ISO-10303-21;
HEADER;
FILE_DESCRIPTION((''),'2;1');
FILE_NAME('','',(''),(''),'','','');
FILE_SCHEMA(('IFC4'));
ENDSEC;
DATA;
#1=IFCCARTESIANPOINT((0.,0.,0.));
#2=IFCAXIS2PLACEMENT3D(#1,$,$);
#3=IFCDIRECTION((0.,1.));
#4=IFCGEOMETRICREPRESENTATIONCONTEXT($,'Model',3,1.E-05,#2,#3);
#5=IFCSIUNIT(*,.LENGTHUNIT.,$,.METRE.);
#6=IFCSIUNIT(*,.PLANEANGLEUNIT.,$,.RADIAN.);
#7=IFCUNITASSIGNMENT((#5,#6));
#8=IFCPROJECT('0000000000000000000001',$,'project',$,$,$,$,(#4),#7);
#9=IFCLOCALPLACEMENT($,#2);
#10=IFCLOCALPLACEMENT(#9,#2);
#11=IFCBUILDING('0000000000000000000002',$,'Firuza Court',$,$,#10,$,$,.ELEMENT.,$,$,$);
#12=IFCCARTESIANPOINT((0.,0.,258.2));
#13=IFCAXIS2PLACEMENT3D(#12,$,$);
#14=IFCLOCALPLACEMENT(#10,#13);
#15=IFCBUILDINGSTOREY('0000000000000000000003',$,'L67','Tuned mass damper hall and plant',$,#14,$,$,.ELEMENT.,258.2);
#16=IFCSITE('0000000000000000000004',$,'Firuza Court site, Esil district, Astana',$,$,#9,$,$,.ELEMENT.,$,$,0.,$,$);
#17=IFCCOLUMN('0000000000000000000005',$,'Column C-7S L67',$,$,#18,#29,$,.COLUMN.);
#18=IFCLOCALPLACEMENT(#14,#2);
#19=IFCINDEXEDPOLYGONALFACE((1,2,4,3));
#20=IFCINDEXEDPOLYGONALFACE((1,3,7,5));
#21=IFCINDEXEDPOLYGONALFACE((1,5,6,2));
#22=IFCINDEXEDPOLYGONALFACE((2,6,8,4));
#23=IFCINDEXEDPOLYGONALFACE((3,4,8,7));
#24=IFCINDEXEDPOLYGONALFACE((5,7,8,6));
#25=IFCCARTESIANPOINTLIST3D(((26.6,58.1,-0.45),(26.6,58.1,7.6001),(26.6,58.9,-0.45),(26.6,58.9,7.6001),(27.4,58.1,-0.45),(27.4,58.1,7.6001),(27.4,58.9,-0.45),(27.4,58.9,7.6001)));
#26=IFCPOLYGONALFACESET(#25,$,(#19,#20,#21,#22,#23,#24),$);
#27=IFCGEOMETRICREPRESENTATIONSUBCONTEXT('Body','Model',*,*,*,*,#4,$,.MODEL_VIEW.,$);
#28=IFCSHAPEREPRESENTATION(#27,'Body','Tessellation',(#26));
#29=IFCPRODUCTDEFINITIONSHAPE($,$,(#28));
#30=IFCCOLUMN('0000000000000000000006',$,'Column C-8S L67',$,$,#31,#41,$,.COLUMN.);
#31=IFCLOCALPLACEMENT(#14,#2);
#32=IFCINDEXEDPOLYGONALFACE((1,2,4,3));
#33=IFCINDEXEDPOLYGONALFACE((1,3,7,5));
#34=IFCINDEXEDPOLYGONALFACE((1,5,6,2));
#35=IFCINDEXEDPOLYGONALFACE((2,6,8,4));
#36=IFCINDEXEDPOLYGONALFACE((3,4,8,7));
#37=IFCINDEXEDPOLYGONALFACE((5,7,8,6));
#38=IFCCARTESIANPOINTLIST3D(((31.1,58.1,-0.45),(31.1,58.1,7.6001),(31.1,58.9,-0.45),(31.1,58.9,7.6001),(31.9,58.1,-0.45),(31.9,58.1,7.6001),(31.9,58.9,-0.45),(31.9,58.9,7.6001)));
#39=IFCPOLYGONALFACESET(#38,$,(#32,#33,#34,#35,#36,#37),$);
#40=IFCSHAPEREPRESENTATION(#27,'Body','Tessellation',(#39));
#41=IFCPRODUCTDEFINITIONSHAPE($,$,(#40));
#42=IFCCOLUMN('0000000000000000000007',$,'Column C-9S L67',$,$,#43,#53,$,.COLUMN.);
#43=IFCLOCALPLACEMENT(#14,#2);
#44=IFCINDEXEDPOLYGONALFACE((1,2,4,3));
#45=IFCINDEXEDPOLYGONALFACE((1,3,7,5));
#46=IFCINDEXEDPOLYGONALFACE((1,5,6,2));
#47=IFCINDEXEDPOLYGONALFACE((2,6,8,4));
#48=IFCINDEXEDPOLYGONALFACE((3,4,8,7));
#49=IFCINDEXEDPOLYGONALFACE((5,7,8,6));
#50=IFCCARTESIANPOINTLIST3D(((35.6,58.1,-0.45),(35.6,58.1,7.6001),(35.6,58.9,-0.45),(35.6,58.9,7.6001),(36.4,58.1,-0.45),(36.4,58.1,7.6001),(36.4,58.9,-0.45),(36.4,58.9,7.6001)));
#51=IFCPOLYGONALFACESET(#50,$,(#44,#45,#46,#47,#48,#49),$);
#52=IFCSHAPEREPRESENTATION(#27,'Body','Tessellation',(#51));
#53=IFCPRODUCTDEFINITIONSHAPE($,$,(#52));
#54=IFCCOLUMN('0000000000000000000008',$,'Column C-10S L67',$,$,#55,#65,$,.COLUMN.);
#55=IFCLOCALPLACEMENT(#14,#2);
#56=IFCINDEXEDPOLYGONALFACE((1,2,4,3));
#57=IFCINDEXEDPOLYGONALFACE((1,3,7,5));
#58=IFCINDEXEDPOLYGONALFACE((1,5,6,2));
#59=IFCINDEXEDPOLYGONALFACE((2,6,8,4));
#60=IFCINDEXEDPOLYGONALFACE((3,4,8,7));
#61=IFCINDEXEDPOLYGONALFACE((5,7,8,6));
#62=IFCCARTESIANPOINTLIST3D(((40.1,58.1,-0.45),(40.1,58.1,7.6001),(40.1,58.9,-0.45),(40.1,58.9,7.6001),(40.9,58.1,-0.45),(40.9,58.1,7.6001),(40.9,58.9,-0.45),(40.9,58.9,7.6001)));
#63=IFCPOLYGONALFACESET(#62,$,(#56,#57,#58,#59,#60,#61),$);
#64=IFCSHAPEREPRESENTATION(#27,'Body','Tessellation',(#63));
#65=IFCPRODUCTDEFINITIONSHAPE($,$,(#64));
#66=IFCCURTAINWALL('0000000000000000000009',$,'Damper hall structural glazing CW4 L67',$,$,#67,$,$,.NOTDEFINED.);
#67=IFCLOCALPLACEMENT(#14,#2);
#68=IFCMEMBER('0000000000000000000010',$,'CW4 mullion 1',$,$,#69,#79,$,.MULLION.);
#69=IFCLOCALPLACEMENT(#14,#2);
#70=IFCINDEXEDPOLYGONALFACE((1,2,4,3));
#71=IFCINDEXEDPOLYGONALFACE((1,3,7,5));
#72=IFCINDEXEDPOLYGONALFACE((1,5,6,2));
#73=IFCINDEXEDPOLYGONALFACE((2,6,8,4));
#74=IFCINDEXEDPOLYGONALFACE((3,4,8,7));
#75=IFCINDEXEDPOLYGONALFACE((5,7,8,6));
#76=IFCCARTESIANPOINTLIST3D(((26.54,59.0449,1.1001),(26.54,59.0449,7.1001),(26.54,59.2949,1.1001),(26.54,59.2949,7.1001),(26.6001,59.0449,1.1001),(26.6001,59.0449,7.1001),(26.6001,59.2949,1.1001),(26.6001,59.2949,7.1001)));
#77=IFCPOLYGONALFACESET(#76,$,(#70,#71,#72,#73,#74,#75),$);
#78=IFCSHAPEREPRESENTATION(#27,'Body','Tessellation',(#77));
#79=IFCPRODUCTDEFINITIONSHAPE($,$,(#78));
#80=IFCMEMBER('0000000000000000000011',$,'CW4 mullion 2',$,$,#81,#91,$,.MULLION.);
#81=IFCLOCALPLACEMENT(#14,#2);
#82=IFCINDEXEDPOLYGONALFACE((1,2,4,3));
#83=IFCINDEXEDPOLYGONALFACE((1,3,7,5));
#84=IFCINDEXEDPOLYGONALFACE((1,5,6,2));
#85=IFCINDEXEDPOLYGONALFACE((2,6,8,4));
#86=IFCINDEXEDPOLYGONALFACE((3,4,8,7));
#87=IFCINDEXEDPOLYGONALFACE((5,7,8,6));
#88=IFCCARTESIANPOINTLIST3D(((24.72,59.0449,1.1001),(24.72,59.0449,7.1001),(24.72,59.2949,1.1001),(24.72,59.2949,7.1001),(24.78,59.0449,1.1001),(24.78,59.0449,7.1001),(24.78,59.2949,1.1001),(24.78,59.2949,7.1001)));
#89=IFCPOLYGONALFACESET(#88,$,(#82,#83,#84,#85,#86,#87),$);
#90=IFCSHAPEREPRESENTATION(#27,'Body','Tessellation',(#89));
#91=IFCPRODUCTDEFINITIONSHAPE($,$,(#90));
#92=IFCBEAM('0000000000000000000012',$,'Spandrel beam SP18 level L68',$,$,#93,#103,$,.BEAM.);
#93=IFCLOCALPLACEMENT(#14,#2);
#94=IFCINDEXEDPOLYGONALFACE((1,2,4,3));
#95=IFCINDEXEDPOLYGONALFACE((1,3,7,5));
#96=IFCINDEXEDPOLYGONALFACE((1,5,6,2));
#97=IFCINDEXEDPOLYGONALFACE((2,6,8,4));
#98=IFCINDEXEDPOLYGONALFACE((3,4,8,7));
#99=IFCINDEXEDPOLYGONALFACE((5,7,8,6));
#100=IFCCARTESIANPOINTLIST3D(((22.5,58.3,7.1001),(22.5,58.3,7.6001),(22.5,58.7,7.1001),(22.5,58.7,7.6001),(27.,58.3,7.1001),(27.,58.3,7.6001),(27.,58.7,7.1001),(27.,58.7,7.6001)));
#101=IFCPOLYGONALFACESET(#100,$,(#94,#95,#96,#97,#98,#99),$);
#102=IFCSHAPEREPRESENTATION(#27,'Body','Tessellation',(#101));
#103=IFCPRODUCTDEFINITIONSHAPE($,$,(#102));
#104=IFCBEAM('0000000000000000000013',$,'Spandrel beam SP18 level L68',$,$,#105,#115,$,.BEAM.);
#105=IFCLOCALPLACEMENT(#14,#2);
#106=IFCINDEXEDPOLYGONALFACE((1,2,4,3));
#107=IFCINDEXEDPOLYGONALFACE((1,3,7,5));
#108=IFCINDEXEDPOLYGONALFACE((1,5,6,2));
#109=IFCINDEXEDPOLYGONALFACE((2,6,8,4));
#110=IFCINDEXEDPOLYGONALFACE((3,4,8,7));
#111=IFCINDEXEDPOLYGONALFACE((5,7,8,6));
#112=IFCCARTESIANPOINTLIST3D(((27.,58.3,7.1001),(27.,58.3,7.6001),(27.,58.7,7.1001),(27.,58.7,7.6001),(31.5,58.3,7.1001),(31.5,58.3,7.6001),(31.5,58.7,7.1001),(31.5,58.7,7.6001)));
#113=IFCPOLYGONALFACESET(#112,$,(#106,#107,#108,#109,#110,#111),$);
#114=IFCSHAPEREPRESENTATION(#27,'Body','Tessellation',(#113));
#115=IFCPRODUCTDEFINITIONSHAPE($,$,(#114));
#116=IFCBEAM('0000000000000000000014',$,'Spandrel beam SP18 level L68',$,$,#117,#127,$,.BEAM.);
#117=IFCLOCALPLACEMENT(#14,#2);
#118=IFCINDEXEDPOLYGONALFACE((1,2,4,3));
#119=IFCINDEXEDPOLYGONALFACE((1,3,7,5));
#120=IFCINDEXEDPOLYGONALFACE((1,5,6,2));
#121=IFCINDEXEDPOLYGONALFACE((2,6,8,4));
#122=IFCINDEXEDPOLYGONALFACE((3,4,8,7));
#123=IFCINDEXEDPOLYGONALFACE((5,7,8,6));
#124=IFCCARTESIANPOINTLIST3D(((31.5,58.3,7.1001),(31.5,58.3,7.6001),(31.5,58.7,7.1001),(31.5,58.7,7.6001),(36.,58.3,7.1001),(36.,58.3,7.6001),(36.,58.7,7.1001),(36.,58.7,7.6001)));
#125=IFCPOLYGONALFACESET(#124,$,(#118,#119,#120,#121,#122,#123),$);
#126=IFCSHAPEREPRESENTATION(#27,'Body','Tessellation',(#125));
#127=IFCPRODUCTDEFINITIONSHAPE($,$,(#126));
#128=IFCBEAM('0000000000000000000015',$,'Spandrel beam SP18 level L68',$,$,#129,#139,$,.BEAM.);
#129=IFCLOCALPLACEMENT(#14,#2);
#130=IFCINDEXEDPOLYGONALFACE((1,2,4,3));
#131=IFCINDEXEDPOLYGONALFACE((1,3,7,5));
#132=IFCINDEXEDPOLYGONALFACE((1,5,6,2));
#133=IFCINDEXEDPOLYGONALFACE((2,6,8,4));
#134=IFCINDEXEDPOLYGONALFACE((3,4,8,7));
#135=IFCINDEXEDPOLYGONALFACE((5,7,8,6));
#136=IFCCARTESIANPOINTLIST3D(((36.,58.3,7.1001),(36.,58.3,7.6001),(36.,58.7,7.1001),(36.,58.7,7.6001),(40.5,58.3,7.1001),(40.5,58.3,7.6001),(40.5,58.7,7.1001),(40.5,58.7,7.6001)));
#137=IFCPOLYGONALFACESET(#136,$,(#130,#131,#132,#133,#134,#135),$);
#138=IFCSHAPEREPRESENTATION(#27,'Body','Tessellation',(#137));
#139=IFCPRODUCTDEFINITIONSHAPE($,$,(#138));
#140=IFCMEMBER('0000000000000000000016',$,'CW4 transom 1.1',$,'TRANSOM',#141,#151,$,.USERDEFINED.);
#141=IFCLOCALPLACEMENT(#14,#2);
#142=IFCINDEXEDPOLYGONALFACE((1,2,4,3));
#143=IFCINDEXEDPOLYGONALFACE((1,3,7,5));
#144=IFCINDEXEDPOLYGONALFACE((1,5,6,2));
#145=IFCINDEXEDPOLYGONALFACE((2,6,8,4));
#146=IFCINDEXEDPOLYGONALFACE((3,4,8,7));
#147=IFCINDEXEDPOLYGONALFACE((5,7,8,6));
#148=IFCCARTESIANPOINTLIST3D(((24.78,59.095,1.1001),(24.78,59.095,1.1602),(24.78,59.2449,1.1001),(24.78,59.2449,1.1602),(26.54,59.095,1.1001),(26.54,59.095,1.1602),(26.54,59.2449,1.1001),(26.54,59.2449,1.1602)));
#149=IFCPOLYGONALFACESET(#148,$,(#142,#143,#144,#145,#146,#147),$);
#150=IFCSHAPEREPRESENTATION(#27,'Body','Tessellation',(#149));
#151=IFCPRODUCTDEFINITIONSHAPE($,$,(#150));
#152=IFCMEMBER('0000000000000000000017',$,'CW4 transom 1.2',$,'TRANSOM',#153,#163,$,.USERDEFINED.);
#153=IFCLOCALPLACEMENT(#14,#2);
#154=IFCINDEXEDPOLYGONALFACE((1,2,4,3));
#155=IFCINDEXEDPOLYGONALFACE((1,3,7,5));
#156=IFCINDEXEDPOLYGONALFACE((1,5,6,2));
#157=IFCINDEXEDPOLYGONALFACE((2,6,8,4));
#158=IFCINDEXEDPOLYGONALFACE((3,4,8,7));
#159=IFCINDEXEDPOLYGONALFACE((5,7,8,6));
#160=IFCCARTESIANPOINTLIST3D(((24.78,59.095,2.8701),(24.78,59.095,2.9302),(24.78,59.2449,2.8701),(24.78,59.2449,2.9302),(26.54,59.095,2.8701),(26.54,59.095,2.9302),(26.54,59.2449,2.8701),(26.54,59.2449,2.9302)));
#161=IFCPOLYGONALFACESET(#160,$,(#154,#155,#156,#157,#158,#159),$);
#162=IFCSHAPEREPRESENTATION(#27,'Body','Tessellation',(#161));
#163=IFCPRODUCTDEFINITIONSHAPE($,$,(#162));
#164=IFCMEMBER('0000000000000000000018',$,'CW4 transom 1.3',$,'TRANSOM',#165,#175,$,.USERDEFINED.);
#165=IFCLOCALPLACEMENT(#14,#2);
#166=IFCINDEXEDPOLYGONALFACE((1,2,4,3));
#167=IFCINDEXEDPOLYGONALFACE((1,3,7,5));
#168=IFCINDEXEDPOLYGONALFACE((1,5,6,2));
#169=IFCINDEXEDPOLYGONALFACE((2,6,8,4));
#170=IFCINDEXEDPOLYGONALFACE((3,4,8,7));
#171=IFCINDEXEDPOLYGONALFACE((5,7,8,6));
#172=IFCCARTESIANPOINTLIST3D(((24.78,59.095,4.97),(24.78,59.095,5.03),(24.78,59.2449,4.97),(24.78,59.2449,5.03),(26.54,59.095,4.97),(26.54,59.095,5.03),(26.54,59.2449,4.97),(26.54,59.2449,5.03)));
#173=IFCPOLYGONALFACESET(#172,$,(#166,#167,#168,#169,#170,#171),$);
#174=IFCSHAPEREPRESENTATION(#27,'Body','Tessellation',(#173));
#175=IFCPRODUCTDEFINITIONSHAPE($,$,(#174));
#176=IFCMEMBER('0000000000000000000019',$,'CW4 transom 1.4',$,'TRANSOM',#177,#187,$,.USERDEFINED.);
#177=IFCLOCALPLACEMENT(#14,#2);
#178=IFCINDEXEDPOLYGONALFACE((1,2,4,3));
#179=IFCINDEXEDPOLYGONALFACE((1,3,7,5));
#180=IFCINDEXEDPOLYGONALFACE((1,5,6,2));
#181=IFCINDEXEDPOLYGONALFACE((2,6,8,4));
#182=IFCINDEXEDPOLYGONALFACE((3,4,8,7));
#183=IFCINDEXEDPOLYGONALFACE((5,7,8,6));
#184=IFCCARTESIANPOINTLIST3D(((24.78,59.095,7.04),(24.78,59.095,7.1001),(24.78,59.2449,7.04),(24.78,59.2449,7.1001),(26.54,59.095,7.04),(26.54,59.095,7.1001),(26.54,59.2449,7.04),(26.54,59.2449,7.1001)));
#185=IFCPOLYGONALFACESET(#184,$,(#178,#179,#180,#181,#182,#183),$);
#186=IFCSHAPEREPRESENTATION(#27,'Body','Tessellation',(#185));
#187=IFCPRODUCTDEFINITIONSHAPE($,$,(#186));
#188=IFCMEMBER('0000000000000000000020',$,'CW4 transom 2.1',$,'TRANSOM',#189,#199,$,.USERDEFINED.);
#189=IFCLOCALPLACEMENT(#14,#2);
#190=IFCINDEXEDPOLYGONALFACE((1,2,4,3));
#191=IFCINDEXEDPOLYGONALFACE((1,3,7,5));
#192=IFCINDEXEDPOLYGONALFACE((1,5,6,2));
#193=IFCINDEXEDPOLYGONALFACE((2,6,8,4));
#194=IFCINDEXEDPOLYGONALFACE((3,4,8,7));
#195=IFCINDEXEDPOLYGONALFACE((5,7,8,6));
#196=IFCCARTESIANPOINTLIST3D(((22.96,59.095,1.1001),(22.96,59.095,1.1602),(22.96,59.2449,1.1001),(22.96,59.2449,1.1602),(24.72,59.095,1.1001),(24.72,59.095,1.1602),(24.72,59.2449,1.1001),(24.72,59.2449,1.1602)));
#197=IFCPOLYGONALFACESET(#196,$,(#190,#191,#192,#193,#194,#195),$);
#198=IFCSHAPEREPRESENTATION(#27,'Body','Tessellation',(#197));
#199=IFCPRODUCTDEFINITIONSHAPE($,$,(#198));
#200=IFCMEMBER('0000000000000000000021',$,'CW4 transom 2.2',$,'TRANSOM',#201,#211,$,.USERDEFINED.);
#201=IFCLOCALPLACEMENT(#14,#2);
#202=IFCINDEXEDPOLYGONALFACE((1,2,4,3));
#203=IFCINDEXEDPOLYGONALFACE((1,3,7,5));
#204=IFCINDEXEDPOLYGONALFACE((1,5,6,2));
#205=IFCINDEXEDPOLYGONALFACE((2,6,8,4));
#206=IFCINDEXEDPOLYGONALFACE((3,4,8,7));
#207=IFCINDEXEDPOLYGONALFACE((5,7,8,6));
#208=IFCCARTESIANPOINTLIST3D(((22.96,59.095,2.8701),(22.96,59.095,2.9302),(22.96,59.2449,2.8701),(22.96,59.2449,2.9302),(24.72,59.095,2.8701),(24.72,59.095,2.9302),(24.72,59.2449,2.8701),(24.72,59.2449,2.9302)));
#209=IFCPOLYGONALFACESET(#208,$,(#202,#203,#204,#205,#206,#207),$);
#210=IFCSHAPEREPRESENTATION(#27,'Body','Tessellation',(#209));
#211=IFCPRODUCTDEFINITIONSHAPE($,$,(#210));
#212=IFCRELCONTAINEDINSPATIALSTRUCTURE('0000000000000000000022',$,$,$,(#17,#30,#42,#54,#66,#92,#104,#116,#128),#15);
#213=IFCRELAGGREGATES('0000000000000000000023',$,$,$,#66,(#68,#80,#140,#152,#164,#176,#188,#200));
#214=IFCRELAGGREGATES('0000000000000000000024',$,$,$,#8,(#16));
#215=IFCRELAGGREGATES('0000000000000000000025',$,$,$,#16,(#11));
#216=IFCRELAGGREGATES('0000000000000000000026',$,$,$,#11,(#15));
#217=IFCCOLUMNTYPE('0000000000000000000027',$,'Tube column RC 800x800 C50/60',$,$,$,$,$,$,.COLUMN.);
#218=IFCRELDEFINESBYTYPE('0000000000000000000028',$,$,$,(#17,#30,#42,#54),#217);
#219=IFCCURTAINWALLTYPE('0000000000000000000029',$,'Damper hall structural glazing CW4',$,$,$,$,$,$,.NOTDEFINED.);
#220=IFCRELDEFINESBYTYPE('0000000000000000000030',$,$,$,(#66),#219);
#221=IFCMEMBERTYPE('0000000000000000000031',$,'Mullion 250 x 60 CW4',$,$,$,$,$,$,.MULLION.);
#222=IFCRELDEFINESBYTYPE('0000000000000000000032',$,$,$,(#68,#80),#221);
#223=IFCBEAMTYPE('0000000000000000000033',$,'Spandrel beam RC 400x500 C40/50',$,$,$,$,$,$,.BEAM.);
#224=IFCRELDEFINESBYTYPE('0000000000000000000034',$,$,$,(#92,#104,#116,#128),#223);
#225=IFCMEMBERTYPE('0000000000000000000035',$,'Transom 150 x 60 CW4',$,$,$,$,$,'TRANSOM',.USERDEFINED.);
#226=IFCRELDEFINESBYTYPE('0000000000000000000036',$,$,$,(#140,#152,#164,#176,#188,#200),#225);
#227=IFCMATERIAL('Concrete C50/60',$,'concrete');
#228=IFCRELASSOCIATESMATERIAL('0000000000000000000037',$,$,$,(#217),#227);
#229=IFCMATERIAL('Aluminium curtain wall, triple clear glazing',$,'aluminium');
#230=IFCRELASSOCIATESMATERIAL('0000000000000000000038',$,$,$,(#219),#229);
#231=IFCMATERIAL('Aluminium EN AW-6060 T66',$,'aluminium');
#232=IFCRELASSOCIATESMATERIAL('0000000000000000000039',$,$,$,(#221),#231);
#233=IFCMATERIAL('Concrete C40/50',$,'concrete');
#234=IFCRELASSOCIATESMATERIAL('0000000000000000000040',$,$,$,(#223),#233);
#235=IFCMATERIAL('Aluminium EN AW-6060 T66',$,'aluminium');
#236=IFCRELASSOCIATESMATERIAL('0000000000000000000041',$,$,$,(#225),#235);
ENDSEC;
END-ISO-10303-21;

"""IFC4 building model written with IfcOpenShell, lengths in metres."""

from ifc_helpers import new_model, si_unit, direction, frame, origin, origin_2d, place, context, subcontext, project, spatial, rectangle, extrude, material, material_profile, profile_set, type_object, element, aggregate, save


model = new_model("IFC4")

# Units and contexts
model_context = context("Model", 3, precision=1e-05, world=origin(), true_north=direction((0.0, 1.0)))
body_context = subcontext(model_context, "Body", "Model", "MODEL_VIEW")
ifc_project = project(units=[si_unit("LENGTHUNIT", "METRE"), si_unit("PLANEANGLEUNIT", "RADIAN")], contexts=[model_context])

# Site, building, storey
site_placement = place(None, origin())
site = spatial("IfcSite", under=ifc_project, at=site_placement, Name="Firuza Court site, Esil district, Astana", CompositionType="ELEMENT", RefElevation=0.0)
building_placement = place(site_placement, origin())
building = spatial("IfcBuilding", under=site, at=building_placement, Name="Firuza Court", CompositionType="ELEMENT")
storey_placement = place(building_placement, frame((0.0, 0.0, 258.2)))
storey = spatial("IfcBuildingStorey", under=building, at=storey_placement, Name="L67", Description="Tuned mass damper hall and plant", CompositionType="ELEMENT", Elevation=258.2)

# Columns
ifc_material_1 = material(Name="Concrete C50/60", Category="concrete")
ifc_material_profile_1 = material_profile(ifc_material_1, rectangle(XDim=0.8, YDim=0.8, at=origin_2d()), Name="RC 800x800")
ifc_profile_set_1 = profile_set([ifc_material_profile_1], Name="Concrete C50/60")
column_type = type_object("IfcColumnType", Name="Tube column RC 800x800 C50/60", PredefinedType="COLUMN", material=ifc_profile_set_1)
for number, where, z_axis, x_axis, name in (
    (1, (27.0, 58.5, -0.45), (0.0, 0.0, 1.0), (1.0, 0.0, 0.0), "Column C-7S L67"),
    (2, (31.5, 58.5, -0.45), (0.0, 0.0, 1.0), (1.0, 0.0, 0.0), "Column C-8S L67"),
    (3, (36.0, 58.5, -0.45), (0.0, 0.0, 1.0), (1.0, 0.0, 0.0), "Column C-9S L67"),
    (4, (40.5, 58.5, -0.45), (0.0, 0.0, 1.0), (1.0, 0.0, 0.0), "Column C-10S L67"),
):
    element("IfcColumn", number, at=place(storey_placement, frame(where, z_axis=z_axis, x_axis=x_axis)), inside=storey, type_object=column_type, Name=name, PredefinedType="COLUMN", context=body_context, shape_type="SweptSolid", body=[
        extrude(rectangle(XDim=0.8, YDim=0.8, at=origin_2d()), origin(), (0.0, 0.0, 1.0), 8.05),
    ])

# Curtain wall, members
ifc_material_2 = material(Name="Aluminium curtain wall, triple clear glazing", Category="aluminium")
curtain_wall_type = type_object("IfcCurtainWallType", Name="Damper hall structural glazing CW4", PredefinedType="NOTDEFINED", material=ifc_material_2)
curtain_wall_placement = place(storey_placement, origin())
curtain_wall = element("IfcCurtainWall", 5, at=curtain_wall_placement, inside=storey, type_object=curtain_wall_type, Name="Damper hall structural glazing CW4 L67", PredefinedType="NOTDEFINED")
ifc_material_3 = material(Name="Aluminium EN AW-6060 T66", Category="aluminium")
ifc_material_profile_2 = material_profile(ifc_material_3, rectangle(XDim=0.25, YDim=0.0601, at=origin_2d()), Name="Mullion 250 x 60 CW4")
ifc_profile_set_2 = profile_set([ifc_material_profile_2], Name="Aluminium EN AW-6060 T66")
member_type_1 = type_object("IfcMemberType", Name="Mullion 250 x 60 CW4", PredefinedType="MULLION", material=ifc_profile_set_2)
member_1_placement = place(storey_placement, frame((26.5701, 59.1699, 1.1001), z_axis=(0.0, 0.0, 1.0), x_axis=(0.0, -1.0, 0.0)))
member_1 = element("IfcMember", 6, at=member_1_placement, type_object=member_type_1, Name="CW4 mullion 1", PredefinedType="MULLION", context=body_context, shape_type="SweptSolid", body=[
    extrude(rectangle(XDim=0.25, YDim=0.0601, at=origin_2d()), origin(), (0.0, 0.0, 1.0), 6.0),
])
member_2_placement = place(storey_placement, frame((24.75, 59.1699, 1.1001), z_axis=(0.0, 0.0, 1.0), x_axis=(0.0, -1.0, 0.0)))
member_2 = element("IfcMember", 7, at=member_2_placement, type_object=member_type_1, Name="CW4 mullion 2", PredefinedType="MULLION", context=body_context, shape_type="SweptSolid", body=[
    extrude(rectangle(XDim=0.25, YDim=0.0601, at=origin_2d()), origin(), (0.0, 0.0, 1.0), 6.0),
])

# Beams
ifc_material_4 = material(Name="Concrete C40/50", Category="concrete")
ifc_material_profile_3 = material_profile(ifc_material_4, rectangle(XDim=0.3999, YDim=0.5, at=origin_2d()), Name="RC 400x500")
ifc_profile_set_3 = profile_set([ifc_material_profile_3], Name="Concrete C40/50")
beam_type = type_object("IfcBeamType", Name="Spandrel beam RC 400x500 C40/50", PredefinedType="BEAM", material=ifc_profile_set_3)
for number, where, z_axis, x_axis, name in (
    (8, (27.0, 58.5, 7.3501), (-1.0, 0.0, 0.0), (0.0, -1.0, 0.0), "Spandrel beam SP18 level L68"),
    (9, (31.5, 58.5, 7.3501), (-1.0, 0.0, 0.0), (0.0, -1.0, 0.0), "Spandrel beam SP18 level L68"),
    (10, (36.0, 58.5, 7.3501), (-1.0, 0.0, 0.0), (0.0, -1.0, 0.0), "Spandrel beam SP18 level L68"),
    (11, (40.5, 58.5, 7.3501), (-1.0, 0.0, 0.0), (0.0, -1.0, 0.0), "Spandrel beam SP18 level L68"),
):
    element("IfcBeam", number, at=place(storey_placement, frame(where, z_axis=z_axis, x_axis=x_axis)), inside=storey, type_object=beam_type, Name=name, PredefinedType="BEAM", context=body_context, shape_type="SweptSolid", body=[
        extrude(rectangle(XDim=0.3999, YDim=0.5, at=origin_2d()), origin(), (0.0, 0.0, 1.0), 4.5),
    ])

# Members
ifc_material_5 = material(Name="Aluminium EN AW-6060 T66", Category="aluminium")
ifc_material_profile_4 = material_profile(ifc_material_5, rectangle(XDim=0.1499, YDim=0.0601, at=origin_2d()), Name="Transom 150 x 60 CW4")
ifc_profile_set_4 = profile_set([ifc_material_profile_4], Name="Aluminium EN AW-6060 T66")
member_type_2 = type_object("IfcMemberType", Name="Transom 150 x 60 CW4", ElementType="TRANSOM", PredefinedType="USERDEFINED", material=ifc_profile_set_4)
member_3_placement = place(storey_placement, frame((26.54, 59.1699, 1.1301), z_axis=(-1.0, 0.0, 0.0), x_axis=(0.0, -1.0, 0.0)))
member_3 = element("IfcMember", 12, at=member_3_placement, type_object=member_type_2, Name="CW4 transom 1.1", ObjectType="TRANSOM", PredefinedType="USERDEFINED", context=body_context, shape_type="SweptSolid", body=[
    extrude(rectangle(XDim=0.1499, YDim=0.0601, at=origin_2d()), origin(), (0.0, 0.0, 1.0), 1.76),
])
member_4_placement = place(storey_placement, frame((26.54, 59.1699, 2.9001), z_axis=(-1.0, 0.0, 0.0), x_axis=(0.0, -1.0, 0.0)))
member_4 = element("IfcMember", 13, at=member_4_placement, type_object=member_type_2, Name="CW4 transom 1.2", ObjectType="TRANSOM", PredefinedType="USERDEFINED", context=body_context, shape_type="SweptSolid", body=[
    extrude(rectangle(XDim=0.1499, YDim=0.0601, at=origin_2d()), origin(), (0.0, 0.0, 1.0), 1.76),
])
member_5_placement = place(storey_placement, frame((26.54, 59.1699, 5.0), z_axis=(-1.0, 0.0, 0.0), x_axis=(0.0, -1.0, 0.0)))
member_5 = element("IfcMember", 14, at=member_5_placement, type_object=member_type_2, Name="CW4 transom 1.3", ObjectType="TRANSOM", PredefinedType="USERDEFINED", context=body_context, shape_type="SweptSolid", body=[
    extrude(rectangle(XDim=0.1499, YDim=0.0601, at=origin_2d()), origin(), (0.0, 0.0, 1.0), 1.76),
])
member_6_placement = place(storey_placement, frame((26.54, 59.1699, 7.0701), z_axis=(-1.0, 0.0, 0.0), x_axis=(0.0, -1.0, 0.0)))
member_6 = element("IfcMember", 15, at=member_6_placement, type_object=member_type_2, Name="CW4 transom 1.4", ObjectType="TRANSOM", PredefinedType="USERDEFINED", context=body_context, shape_type="SweptSolid", body=[
    extrude(rectangle(XDim=0.1499, YDim=0.0601, at=origin_2d()), origin(), (0.0, 0.0, 1.0), 1.76),
])
member_7_placement = place(storey_placement, frame((24.72, 59.1699, 1.1301), z_axis=(-1.0, 0.0, 0.0), x_axis=(0.0, -1.0, 0.0)))
member_7 = element("IfcMember", 16, at=member_7_placement, type_object=member_type_2, Name="CW4 transom 2.1", ObjectType="TRANSOM", PredefinedType="USERDEFINED", context=body_context, shape_type="SweptSolid", body=[
    extrude(rectangle(XDim=0.1499, YDim=0.0601, at=origin_2d()), origin(), (0.0, 0.0, 1.0), 1.76),
])
member_8_placement = place(storey_placement, frame((24.72, 59.1699, 2.9001), z_axis=(-1.0, 0.0, 0.0), x_axis=(0.0, -1.0, 0.0)))
member_8 = element("IfcMember", 17, at=member_8_placement, type_object=member_type_2, Name="CW4 transom 2.2", ObjectType="TRANSOM", PredefinedType="USERDEFINED", context=body_context, shape_type="SweptSolid", body=[
    extrude(rectangle(XDim=0.1499, YDim=0.0601, at=origin_2d()), origin(), (0.0, 0.0, 1.0), 1.76),
])

aggregate(curtain_wall, [member_1, member_2, member_3, member_4, member_5, member_6, member_7, member_8])

save(model, "model.ifc")
